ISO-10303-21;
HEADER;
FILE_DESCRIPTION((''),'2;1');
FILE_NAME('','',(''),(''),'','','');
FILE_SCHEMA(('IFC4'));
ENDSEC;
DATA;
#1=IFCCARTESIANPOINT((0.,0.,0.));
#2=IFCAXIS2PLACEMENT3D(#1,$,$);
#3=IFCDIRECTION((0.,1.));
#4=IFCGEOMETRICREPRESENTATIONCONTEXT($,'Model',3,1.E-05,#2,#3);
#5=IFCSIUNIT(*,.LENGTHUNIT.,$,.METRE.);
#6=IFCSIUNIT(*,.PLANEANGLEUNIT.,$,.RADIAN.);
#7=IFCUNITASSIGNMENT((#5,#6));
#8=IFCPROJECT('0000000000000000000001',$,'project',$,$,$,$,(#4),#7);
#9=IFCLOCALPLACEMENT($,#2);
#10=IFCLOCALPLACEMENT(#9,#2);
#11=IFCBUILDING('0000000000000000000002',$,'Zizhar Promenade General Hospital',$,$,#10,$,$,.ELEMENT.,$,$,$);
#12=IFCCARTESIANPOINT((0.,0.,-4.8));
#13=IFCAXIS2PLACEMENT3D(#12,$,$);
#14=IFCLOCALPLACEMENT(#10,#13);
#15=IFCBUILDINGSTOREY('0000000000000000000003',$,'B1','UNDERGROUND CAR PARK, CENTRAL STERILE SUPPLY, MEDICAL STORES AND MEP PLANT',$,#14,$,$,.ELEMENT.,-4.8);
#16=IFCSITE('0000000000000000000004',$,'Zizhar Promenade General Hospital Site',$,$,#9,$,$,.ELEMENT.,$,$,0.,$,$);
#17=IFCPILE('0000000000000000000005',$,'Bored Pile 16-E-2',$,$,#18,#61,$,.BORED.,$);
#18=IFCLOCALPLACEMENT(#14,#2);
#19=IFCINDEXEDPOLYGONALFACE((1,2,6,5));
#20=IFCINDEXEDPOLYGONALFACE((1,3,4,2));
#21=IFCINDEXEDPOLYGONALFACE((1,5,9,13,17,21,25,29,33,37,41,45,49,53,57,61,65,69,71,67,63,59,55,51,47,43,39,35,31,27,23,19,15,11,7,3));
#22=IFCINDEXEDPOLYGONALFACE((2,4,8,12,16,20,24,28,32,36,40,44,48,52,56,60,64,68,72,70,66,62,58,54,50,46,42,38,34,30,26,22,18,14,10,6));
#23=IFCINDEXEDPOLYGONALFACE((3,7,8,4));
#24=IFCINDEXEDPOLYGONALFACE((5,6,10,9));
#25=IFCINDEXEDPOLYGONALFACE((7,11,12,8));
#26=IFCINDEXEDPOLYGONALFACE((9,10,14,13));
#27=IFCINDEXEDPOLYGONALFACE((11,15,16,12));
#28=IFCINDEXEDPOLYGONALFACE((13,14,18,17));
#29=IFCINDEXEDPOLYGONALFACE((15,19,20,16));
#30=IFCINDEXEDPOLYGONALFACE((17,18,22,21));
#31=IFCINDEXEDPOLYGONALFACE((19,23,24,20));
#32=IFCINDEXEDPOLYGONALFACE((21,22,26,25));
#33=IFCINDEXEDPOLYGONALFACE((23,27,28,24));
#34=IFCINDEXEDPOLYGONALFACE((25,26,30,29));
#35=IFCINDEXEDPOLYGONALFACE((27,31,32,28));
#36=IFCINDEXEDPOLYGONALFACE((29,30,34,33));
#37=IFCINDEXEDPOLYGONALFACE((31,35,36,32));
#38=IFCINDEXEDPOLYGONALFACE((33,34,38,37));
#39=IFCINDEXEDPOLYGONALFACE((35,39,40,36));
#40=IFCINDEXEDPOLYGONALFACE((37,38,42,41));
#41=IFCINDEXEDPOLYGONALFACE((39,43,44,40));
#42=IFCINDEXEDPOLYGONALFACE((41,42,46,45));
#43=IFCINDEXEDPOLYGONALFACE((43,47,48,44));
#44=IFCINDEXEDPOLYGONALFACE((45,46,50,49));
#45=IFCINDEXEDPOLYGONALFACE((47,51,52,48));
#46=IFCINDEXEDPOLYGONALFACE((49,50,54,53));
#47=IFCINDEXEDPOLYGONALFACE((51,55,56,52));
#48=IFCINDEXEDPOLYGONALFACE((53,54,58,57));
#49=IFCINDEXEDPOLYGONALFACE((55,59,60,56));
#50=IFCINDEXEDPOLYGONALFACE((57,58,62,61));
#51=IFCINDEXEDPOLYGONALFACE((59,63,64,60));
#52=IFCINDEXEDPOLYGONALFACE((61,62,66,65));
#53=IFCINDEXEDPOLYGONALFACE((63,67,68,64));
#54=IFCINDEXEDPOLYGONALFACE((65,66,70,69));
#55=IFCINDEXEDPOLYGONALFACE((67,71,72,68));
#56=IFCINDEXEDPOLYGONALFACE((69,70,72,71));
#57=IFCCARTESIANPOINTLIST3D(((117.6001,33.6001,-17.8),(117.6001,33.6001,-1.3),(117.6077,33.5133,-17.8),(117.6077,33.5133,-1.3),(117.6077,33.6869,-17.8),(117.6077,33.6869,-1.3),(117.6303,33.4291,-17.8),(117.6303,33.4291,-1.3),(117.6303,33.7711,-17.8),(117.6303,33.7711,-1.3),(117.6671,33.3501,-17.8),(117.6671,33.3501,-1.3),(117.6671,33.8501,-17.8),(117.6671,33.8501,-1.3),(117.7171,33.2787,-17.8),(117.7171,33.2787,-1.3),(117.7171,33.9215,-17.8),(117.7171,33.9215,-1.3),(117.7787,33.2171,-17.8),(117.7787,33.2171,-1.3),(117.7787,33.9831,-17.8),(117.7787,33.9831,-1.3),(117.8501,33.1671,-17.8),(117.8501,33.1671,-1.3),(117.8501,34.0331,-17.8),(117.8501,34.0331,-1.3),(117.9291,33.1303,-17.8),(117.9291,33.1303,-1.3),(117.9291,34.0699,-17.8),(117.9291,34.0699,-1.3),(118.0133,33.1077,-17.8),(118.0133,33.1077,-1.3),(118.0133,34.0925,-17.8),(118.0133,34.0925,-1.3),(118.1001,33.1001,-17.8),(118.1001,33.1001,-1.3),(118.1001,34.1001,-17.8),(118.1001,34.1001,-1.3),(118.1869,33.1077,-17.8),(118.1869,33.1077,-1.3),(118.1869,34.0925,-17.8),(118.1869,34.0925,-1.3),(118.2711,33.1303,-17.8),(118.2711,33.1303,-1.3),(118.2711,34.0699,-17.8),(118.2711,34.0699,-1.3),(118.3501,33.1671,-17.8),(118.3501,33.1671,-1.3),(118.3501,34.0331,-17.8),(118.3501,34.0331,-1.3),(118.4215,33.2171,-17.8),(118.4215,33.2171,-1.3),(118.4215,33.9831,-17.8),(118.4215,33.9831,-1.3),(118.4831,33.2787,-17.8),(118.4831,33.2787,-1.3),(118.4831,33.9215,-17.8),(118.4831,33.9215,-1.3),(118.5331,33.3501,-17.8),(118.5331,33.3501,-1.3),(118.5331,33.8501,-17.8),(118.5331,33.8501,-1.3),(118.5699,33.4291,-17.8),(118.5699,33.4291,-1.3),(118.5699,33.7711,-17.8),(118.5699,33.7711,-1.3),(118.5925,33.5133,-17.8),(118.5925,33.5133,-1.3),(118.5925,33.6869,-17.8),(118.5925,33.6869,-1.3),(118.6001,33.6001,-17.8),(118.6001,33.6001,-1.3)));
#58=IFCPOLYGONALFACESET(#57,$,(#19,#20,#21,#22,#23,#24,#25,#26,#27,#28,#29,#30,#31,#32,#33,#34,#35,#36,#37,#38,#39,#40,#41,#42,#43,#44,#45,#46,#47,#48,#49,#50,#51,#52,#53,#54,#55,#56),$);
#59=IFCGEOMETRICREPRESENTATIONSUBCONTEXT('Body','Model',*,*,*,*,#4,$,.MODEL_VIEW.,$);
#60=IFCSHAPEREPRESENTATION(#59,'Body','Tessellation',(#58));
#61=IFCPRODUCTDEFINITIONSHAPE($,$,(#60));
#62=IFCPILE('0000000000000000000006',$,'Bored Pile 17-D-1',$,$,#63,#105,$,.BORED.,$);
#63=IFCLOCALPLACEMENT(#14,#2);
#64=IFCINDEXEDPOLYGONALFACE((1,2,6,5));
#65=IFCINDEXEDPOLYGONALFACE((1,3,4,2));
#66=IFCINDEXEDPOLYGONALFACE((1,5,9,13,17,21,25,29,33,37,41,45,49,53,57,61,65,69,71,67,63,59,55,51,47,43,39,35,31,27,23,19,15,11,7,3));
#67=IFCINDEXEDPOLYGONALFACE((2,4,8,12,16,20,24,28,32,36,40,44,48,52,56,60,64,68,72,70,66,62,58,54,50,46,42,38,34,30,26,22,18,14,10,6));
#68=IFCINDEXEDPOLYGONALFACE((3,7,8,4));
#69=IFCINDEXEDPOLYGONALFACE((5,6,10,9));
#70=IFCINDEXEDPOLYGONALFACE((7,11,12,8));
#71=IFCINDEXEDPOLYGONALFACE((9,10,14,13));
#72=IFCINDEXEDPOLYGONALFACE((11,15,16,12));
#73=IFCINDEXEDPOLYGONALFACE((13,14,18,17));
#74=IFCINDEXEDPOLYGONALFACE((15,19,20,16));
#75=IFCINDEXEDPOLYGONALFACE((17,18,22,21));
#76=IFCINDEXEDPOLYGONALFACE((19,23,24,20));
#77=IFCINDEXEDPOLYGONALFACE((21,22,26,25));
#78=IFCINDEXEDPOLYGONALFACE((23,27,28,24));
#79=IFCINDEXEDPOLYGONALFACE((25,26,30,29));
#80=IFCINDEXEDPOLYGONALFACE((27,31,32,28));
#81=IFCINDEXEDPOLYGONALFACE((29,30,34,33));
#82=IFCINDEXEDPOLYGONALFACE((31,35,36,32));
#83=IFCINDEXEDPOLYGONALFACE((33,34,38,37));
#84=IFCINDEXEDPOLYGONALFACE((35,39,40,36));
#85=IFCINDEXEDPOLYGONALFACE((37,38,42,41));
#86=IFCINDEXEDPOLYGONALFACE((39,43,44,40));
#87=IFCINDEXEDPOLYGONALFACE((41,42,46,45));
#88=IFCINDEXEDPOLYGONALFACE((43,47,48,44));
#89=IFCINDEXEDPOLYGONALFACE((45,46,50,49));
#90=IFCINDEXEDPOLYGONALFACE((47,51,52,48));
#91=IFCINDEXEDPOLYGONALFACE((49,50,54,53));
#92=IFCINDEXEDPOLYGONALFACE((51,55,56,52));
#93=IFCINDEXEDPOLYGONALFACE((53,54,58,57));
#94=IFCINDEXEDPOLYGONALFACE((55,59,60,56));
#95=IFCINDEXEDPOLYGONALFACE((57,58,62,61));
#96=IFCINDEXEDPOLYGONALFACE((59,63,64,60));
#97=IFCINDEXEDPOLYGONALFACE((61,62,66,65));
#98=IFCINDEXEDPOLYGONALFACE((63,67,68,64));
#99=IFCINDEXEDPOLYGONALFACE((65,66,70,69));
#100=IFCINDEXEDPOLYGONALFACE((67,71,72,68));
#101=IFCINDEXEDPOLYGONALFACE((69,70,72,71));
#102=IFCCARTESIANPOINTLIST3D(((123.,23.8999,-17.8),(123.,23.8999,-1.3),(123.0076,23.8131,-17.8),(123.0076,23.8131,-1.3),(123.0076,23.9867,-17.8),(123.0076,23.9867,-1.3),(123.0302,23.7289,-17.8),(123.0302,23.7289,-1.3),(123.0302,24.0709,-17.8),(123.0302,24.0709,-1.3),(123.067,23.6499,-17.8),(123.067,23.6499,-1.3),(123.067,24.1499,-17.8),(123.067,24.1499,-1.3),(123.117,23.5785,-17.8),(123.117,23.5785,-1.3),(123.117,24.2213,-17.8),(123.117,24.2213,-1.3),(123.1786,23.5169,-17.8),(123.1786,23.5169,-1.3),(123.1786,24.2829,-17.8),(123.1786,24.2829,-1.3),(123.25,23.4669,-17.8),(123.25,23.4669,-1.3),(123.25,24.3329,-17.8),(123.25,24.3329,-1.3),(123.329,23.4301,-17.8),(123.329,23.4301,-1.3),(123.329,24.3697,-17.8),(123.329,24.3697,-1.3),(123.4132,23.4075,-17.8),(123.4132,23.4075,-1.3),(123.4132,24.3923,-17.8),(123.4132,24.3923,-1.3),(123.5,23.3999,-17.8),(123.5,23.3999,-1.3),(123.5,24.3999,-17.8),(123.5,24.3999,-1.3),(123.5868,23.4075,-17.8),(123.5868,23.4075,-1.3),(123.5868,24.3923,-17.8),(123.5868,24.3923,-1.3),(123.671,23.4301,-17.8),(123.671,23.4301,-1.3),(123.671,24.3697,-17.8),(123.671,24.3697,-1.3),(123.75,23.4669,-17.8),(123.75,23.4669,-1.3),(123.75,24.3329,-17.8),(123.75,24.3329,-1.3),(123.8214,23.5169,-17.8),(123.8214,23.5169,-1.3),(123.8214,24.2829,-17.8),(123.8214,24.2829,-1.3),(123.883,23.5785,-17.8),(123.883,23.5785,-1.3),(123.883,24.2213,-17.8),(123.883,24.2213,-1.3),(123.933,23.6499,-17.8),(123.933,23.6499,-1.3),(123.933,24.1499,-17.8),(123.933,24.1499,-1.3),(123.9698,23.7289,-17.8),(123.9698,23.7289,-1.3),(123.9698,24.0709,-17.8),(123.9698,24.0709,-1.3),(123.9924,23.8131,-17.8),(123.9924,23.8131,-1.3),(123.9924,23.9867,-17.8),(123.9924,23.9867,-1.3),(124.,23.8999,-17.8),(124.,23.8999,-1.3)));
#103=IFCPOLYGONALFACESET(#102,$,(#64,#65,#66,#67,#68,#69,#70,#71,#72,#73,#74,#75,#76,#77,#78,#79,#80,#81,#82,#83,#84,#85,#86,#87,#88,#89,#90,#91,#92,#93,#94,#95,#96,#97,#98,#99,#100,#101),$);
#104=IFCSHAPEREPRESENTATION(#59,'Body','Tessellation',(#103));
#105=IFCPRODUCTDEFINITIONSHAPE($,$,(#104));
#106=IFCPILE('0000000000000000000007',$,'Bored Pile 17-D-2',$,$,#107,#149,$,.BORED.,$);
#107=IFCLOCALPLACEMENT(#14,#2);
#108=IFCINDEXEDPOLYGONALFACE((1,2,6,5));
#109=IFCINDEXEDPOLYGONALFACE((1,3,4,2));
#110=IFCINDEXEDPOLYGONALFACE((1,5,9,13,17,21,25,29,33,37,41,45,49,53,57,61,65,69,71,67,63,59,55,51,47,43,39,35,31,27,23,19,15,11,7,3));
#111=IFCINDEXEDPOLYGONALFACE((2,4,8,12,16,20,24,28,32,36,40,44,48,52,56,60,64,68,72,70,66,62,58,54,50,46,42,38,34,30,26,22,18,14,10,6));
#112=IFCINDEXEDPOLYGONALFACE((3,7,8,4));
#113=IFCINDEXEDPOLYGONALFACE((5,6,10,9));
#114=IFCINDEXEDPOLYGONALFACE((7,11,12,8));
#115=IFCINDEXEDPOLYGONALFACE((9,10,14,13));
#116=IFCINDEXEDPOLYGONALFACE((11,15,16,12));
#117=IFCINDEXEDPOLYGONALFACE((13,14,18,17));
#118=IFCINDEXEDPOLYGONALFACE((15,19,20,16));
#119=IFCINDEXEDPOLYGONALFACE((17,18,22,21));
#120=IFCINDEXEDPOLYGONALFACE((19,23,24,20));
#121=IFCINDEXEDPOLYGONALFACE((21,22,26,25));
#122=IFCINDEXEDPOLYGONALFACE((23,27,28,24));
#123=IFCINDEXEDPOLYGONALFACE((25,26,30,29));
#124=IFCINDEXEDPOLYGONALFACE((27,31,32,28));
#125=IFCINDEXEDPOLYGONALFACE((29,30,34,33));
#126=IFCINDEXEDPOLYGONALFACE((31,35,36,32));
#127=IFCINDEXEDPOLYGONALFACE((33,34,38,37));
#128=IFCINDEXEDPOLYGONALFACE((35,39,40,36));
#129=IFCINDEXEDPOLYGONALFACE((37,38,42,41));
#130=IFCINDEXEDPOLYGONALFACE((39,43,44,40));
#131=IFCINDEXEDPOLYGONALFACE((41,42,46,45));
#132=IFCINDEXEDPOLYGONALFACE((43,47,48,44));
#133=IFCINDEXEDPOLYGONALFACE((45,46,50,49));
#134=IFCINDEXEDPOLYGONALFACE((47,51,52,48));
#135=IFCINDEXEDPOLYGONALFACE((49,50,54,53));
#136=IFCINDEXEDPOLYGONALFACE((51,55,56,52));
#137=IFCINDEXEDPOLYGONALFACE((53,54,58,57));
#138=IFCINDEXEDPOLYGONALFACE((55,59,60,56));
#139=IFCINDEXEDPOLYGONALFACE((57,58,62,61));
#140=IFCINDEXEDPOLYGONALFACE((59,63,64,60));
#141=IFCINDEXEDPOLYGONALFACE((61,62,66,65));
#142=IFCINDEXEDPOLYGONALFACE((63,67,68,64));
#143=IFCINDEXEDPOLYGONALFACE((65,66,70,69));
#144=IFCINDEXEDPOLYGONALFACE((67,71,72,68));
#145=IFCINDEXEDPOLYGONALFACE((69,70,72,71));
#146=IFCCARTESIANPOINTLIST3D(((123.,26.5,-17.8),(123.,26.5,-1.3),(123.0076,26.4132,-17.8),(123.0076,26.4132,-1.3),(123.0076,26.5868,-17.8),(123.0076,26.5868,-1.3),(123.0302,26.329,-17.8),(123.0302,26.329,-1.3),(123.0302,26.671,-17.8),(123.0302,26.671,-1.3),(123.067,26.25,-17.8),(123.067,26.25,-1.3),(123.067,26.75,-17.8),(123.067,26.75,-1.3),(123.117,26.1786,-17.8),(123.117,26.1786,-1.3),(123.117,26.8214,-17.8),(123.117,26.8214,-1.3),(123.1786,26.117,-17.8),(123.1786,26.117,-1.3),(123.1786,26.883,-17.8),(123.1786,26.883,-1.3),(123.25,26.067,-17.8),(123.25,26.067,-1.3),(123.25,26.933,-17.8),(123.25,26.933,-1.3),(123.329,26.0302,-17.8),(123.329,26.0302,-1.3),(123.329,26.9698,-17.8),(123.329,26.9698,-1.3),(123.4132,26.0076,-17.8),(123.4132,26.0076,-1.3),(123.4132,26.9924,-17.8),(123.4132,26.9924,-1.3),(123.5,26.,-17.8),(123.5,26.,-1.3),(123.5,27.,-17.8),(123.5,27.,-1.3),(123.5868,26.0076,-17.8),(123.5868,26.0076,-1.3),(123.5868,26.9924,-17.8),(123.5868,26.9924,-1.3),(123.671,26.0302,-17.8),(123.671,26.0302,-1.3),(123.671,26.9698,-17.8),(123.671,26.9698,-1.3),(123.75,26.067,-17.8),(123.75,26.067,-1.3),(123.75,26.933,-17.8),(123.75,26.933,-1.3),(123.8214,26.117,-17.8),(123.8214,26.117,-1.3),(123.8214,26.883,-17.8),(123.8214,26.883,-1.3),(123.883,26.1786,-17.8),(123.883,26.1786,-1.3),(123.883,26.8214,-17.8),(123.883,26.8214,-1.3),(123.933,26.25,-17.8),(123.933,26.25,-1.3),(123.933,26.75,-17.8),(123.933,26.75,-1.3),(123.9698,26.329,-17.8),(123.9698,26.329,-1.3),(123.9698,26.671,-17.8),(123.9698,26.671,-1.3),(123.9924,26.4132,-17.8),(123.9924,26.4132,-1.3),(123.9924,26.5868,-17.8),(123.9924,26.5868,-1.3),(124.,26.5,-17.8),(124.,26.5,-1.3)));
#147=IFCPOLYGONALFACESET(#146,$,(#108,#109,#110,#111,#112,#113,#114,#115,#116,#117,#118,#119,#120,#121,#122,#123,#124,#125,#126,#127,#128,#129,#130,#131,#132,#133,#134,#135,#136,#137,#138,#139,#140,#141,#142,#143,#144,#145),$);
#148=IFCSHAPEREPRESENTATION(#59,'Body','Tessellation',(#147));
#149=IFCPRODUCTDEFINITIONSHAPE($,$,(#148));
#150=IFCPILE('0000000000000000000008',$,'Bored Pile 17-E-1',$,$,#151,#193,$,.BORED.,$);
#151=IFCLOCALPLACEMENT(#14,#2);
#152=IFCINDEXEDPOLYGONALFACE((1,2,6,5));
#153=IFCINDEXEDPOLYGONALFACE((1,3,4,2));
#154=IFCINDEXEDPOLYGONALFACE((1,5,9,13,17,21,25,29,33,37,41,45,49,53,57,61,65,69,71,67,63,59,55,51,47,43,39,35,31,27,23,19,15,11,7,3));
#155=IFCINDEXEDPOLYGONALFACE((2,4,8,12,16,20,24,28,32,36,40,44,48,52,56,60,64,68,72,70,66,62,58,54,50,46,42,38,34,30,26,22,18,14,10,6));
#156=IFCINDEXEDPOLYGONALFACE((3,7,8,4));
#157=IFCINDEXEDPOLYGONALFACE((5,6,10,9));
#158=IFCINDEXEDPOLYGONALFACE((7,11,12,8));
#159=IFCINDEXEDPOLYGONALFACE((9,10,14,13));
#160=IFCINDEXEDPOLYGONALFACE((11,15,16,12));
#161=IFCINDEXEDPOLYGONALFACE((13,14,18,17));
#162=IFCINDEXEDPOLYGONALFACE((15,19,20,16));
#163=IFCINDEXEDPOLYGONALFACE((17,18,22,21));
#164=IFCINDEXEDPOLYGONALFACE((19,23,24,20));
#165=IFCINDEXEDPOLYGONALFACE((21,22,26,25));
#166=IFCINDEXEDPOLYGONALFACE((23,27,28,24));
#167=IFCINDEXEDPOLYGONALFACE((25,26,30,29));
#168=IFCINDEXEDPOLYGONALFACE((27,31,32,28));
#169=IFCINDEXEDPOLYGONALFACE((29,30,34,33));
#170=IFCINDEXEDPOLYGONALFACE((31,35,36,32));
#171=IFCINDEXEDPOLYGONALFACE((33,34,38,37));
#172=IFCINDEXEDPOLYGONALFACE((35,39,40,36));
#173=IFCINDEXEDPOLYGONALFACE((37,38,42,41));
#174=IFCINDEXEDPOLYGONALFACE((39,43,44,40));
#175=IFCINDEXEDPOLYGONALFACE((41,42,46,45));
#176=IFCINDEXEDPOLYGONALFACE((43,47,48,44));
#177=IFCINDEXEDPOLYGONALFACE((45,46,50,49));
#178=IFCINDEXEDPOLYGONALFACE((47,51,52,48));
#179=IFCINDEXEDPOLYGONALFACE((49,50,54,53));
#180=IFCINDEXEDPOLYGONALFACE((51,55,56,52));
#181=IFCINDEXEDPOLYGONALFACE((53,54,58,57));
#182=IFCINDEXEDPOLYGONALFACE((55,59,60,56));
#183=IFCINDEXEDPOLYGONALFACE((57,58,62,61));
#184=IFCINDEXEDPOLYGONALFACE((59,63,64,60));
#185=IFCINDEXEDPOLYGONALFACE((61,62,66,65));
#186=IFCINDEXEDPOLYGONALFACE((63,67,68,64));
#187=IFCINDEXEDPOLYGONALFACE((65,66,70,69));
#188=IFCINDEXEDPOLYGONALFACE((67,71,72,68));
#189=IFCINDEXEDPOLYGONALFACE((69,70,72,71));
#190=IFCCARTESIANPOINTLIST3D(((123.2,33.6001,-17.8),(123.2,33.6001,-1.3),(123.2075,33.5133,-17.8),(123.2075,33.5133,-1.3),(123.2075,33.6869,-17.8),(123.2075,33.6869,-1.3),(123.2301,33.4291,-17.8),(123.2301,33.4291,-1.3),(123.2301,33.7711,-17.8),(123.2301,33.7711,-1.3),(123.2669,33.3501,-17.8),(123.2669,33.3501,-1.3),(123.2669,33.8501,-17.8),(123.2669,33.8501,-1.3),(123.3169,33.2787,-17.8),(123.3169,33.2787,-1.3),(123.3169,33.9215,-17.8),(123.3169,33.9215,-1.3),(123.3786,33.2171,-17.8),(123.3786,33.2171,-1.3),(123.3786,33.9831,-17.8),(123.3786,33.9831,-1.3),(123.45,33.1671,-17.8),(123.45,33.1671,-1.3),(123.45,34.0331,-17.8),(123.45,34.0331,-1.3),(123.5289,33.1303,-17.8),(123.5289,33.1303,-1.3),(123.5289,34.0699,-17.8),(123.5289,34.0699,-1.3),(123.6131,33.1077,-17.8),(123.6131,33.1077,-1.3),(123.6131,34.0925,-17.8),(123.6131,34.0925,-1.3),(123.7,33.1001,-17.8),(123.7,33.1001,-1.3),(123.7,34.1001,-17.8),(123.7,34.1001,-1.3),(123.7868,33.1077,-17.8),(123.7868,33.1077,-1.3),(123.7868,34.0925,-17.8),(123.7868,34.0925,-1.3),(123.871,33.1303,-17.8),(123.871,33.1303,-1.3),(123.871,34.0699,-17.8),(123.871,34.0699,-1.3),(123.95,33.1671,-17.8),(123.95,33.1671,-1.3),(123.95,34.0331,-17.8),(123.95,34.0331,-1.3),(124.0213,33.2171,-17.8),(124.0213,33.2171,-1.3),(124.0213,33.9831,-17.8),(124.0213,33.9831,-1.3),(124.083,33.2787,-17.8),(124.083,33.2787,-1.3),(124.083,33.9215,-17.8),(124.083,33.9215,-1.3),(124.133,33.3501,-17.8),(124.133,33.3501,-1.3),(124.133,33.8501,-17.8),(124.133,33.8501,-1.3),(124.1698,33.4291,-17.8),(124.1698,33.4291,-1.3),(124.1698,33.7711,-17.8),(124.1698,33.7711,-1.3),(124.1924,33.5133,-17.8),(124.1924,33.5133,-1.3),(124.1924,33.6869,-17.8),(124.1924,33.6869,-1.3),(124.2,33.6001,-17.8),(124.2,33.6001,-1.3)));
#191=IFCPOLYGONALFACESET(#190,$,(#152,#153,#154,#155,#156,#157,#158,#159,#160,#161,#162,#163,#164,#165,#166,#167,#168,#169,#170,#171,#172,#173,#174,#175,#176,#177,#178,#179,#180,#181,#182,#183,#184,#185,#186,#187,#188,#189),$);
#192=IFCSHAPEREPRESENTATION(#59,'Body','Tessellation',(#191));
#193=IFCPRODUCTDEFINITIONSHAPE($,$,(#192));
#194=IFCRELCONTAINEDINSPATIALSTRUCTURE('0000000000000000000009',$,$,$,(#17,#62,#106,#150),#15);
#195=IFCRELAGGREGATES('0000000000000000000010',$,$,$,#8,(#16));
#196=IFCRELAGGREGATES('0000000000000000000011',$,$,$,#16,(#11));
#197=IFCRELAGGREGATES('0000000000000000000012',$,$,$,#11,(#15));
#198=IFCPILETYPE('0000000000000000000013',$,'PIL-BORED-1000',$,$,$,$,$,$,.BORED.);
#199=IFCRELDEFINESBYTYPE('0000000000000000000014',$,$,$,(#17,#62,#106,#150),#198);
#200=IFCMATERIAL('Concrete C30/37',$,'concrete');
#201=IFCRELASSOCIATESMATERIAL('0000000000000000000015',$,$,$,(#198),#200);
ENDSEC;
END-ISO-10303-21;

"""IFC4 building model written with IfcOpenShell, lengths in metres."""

from ifc_helpers import new_model, si_unit, direction, frame, origin, origin_2d, place, context, subcontext, project, spatial, circle, extrude, material, material_profile, profile_set, type_object, element, save


model = new_model("IFC4")

# Units and contexts
model_context = context("Model", 3, precision=1e-05, world=origin(), true_north=direction((0.0, 1.0)))
body_context = subcontext(model_context, "Body", "Model", "MODEL_VIEW")
ifc_project = project(units=[si_unit("LENGTHUNIT", "METRE"), si_unit("PLANEANGLEUNIT", "RADIAN")], contexts=[model_context])

# Site, building, storey
site_placement = place(None, origin())
site = spatial("IfcSite", under=ifc_project, at=site_placement, Name="Zizhar Promenade General Hospital Site", CompositionType="ELEMENT", RefElevation=0.0)
building_placement = place(site_placement, origin())
building = spatial("IfcBuilding", under=site, at=building_placement, Name="Zizhar Promenade General Hospital", CompositionType="ELEMENT")
storey_placement = place(building_placement, frame((0.0, 0.0, -4.8)))
storey = spatial("IfcBuildingStorey", under=building, at=storey_placement, Name="B1", Description="UNDERGROUND CAR PARK, CENTRAL STERILE SUPPLY, MEDICAL STORES AND MEP PLANT", CompositionType="ELEMENT", Elevation=-4.8)

# Piles
ifc_material_1 = material(Name="Concrete C30/37", Category="concrete")
ifc_material_profile_1 = material_profile(ifc_material_1, circle(Radius=0.5, at=origin_2d()))
ifc_profile_set_1 = profile_set([ifc_material_profile_1], Name="Concrete C30/37")
pile_type = type_object("IfcPileType", Name="PIL-BORED-1000", PredefinedType="BORED", material=ifc_profile_set_1)
for number, where, z_axis, x_axis, name in (
    (1, (118.1001, 33.6001, -1.3), (0.0, 0.0, -1.0), (1.0, 0.0, 0.0), "Bored Pile 16-E-2"),
    (2, (123.5, 23.8999, -1.3), (0.0, 0.0, -1.0), (1.0, 0.0, 0.0), "Bored Pile 17-D-1"),
    (3, (123.5, 26.5, -1.3), (0.0, 0.0, -1.0), (1.0, 0.0, 0.0), "Bored Pile 17-D-2"),
    (4, (123.7, 33.6001, -1.3), (0.0, 0.0, -1.0), (1.0, 0.0, 0.0), "Bored Pile 17-E-1"),
):
    element("IfcPile", number, at=place(storey_placement, frame(where, z_axis=z_axis, x_axis=x_axis)), inside=storey, type_object=pile_type, Name=name, PredefinedType="BORED", context=body_context, shape_type="SweptSolid", body=[
        extrude(circle(Radius=0.5, at=origin_2d()), origin(), (0.0, 0.0, 1.0), 16.5),
    ])

save(model, "model.ifc")
